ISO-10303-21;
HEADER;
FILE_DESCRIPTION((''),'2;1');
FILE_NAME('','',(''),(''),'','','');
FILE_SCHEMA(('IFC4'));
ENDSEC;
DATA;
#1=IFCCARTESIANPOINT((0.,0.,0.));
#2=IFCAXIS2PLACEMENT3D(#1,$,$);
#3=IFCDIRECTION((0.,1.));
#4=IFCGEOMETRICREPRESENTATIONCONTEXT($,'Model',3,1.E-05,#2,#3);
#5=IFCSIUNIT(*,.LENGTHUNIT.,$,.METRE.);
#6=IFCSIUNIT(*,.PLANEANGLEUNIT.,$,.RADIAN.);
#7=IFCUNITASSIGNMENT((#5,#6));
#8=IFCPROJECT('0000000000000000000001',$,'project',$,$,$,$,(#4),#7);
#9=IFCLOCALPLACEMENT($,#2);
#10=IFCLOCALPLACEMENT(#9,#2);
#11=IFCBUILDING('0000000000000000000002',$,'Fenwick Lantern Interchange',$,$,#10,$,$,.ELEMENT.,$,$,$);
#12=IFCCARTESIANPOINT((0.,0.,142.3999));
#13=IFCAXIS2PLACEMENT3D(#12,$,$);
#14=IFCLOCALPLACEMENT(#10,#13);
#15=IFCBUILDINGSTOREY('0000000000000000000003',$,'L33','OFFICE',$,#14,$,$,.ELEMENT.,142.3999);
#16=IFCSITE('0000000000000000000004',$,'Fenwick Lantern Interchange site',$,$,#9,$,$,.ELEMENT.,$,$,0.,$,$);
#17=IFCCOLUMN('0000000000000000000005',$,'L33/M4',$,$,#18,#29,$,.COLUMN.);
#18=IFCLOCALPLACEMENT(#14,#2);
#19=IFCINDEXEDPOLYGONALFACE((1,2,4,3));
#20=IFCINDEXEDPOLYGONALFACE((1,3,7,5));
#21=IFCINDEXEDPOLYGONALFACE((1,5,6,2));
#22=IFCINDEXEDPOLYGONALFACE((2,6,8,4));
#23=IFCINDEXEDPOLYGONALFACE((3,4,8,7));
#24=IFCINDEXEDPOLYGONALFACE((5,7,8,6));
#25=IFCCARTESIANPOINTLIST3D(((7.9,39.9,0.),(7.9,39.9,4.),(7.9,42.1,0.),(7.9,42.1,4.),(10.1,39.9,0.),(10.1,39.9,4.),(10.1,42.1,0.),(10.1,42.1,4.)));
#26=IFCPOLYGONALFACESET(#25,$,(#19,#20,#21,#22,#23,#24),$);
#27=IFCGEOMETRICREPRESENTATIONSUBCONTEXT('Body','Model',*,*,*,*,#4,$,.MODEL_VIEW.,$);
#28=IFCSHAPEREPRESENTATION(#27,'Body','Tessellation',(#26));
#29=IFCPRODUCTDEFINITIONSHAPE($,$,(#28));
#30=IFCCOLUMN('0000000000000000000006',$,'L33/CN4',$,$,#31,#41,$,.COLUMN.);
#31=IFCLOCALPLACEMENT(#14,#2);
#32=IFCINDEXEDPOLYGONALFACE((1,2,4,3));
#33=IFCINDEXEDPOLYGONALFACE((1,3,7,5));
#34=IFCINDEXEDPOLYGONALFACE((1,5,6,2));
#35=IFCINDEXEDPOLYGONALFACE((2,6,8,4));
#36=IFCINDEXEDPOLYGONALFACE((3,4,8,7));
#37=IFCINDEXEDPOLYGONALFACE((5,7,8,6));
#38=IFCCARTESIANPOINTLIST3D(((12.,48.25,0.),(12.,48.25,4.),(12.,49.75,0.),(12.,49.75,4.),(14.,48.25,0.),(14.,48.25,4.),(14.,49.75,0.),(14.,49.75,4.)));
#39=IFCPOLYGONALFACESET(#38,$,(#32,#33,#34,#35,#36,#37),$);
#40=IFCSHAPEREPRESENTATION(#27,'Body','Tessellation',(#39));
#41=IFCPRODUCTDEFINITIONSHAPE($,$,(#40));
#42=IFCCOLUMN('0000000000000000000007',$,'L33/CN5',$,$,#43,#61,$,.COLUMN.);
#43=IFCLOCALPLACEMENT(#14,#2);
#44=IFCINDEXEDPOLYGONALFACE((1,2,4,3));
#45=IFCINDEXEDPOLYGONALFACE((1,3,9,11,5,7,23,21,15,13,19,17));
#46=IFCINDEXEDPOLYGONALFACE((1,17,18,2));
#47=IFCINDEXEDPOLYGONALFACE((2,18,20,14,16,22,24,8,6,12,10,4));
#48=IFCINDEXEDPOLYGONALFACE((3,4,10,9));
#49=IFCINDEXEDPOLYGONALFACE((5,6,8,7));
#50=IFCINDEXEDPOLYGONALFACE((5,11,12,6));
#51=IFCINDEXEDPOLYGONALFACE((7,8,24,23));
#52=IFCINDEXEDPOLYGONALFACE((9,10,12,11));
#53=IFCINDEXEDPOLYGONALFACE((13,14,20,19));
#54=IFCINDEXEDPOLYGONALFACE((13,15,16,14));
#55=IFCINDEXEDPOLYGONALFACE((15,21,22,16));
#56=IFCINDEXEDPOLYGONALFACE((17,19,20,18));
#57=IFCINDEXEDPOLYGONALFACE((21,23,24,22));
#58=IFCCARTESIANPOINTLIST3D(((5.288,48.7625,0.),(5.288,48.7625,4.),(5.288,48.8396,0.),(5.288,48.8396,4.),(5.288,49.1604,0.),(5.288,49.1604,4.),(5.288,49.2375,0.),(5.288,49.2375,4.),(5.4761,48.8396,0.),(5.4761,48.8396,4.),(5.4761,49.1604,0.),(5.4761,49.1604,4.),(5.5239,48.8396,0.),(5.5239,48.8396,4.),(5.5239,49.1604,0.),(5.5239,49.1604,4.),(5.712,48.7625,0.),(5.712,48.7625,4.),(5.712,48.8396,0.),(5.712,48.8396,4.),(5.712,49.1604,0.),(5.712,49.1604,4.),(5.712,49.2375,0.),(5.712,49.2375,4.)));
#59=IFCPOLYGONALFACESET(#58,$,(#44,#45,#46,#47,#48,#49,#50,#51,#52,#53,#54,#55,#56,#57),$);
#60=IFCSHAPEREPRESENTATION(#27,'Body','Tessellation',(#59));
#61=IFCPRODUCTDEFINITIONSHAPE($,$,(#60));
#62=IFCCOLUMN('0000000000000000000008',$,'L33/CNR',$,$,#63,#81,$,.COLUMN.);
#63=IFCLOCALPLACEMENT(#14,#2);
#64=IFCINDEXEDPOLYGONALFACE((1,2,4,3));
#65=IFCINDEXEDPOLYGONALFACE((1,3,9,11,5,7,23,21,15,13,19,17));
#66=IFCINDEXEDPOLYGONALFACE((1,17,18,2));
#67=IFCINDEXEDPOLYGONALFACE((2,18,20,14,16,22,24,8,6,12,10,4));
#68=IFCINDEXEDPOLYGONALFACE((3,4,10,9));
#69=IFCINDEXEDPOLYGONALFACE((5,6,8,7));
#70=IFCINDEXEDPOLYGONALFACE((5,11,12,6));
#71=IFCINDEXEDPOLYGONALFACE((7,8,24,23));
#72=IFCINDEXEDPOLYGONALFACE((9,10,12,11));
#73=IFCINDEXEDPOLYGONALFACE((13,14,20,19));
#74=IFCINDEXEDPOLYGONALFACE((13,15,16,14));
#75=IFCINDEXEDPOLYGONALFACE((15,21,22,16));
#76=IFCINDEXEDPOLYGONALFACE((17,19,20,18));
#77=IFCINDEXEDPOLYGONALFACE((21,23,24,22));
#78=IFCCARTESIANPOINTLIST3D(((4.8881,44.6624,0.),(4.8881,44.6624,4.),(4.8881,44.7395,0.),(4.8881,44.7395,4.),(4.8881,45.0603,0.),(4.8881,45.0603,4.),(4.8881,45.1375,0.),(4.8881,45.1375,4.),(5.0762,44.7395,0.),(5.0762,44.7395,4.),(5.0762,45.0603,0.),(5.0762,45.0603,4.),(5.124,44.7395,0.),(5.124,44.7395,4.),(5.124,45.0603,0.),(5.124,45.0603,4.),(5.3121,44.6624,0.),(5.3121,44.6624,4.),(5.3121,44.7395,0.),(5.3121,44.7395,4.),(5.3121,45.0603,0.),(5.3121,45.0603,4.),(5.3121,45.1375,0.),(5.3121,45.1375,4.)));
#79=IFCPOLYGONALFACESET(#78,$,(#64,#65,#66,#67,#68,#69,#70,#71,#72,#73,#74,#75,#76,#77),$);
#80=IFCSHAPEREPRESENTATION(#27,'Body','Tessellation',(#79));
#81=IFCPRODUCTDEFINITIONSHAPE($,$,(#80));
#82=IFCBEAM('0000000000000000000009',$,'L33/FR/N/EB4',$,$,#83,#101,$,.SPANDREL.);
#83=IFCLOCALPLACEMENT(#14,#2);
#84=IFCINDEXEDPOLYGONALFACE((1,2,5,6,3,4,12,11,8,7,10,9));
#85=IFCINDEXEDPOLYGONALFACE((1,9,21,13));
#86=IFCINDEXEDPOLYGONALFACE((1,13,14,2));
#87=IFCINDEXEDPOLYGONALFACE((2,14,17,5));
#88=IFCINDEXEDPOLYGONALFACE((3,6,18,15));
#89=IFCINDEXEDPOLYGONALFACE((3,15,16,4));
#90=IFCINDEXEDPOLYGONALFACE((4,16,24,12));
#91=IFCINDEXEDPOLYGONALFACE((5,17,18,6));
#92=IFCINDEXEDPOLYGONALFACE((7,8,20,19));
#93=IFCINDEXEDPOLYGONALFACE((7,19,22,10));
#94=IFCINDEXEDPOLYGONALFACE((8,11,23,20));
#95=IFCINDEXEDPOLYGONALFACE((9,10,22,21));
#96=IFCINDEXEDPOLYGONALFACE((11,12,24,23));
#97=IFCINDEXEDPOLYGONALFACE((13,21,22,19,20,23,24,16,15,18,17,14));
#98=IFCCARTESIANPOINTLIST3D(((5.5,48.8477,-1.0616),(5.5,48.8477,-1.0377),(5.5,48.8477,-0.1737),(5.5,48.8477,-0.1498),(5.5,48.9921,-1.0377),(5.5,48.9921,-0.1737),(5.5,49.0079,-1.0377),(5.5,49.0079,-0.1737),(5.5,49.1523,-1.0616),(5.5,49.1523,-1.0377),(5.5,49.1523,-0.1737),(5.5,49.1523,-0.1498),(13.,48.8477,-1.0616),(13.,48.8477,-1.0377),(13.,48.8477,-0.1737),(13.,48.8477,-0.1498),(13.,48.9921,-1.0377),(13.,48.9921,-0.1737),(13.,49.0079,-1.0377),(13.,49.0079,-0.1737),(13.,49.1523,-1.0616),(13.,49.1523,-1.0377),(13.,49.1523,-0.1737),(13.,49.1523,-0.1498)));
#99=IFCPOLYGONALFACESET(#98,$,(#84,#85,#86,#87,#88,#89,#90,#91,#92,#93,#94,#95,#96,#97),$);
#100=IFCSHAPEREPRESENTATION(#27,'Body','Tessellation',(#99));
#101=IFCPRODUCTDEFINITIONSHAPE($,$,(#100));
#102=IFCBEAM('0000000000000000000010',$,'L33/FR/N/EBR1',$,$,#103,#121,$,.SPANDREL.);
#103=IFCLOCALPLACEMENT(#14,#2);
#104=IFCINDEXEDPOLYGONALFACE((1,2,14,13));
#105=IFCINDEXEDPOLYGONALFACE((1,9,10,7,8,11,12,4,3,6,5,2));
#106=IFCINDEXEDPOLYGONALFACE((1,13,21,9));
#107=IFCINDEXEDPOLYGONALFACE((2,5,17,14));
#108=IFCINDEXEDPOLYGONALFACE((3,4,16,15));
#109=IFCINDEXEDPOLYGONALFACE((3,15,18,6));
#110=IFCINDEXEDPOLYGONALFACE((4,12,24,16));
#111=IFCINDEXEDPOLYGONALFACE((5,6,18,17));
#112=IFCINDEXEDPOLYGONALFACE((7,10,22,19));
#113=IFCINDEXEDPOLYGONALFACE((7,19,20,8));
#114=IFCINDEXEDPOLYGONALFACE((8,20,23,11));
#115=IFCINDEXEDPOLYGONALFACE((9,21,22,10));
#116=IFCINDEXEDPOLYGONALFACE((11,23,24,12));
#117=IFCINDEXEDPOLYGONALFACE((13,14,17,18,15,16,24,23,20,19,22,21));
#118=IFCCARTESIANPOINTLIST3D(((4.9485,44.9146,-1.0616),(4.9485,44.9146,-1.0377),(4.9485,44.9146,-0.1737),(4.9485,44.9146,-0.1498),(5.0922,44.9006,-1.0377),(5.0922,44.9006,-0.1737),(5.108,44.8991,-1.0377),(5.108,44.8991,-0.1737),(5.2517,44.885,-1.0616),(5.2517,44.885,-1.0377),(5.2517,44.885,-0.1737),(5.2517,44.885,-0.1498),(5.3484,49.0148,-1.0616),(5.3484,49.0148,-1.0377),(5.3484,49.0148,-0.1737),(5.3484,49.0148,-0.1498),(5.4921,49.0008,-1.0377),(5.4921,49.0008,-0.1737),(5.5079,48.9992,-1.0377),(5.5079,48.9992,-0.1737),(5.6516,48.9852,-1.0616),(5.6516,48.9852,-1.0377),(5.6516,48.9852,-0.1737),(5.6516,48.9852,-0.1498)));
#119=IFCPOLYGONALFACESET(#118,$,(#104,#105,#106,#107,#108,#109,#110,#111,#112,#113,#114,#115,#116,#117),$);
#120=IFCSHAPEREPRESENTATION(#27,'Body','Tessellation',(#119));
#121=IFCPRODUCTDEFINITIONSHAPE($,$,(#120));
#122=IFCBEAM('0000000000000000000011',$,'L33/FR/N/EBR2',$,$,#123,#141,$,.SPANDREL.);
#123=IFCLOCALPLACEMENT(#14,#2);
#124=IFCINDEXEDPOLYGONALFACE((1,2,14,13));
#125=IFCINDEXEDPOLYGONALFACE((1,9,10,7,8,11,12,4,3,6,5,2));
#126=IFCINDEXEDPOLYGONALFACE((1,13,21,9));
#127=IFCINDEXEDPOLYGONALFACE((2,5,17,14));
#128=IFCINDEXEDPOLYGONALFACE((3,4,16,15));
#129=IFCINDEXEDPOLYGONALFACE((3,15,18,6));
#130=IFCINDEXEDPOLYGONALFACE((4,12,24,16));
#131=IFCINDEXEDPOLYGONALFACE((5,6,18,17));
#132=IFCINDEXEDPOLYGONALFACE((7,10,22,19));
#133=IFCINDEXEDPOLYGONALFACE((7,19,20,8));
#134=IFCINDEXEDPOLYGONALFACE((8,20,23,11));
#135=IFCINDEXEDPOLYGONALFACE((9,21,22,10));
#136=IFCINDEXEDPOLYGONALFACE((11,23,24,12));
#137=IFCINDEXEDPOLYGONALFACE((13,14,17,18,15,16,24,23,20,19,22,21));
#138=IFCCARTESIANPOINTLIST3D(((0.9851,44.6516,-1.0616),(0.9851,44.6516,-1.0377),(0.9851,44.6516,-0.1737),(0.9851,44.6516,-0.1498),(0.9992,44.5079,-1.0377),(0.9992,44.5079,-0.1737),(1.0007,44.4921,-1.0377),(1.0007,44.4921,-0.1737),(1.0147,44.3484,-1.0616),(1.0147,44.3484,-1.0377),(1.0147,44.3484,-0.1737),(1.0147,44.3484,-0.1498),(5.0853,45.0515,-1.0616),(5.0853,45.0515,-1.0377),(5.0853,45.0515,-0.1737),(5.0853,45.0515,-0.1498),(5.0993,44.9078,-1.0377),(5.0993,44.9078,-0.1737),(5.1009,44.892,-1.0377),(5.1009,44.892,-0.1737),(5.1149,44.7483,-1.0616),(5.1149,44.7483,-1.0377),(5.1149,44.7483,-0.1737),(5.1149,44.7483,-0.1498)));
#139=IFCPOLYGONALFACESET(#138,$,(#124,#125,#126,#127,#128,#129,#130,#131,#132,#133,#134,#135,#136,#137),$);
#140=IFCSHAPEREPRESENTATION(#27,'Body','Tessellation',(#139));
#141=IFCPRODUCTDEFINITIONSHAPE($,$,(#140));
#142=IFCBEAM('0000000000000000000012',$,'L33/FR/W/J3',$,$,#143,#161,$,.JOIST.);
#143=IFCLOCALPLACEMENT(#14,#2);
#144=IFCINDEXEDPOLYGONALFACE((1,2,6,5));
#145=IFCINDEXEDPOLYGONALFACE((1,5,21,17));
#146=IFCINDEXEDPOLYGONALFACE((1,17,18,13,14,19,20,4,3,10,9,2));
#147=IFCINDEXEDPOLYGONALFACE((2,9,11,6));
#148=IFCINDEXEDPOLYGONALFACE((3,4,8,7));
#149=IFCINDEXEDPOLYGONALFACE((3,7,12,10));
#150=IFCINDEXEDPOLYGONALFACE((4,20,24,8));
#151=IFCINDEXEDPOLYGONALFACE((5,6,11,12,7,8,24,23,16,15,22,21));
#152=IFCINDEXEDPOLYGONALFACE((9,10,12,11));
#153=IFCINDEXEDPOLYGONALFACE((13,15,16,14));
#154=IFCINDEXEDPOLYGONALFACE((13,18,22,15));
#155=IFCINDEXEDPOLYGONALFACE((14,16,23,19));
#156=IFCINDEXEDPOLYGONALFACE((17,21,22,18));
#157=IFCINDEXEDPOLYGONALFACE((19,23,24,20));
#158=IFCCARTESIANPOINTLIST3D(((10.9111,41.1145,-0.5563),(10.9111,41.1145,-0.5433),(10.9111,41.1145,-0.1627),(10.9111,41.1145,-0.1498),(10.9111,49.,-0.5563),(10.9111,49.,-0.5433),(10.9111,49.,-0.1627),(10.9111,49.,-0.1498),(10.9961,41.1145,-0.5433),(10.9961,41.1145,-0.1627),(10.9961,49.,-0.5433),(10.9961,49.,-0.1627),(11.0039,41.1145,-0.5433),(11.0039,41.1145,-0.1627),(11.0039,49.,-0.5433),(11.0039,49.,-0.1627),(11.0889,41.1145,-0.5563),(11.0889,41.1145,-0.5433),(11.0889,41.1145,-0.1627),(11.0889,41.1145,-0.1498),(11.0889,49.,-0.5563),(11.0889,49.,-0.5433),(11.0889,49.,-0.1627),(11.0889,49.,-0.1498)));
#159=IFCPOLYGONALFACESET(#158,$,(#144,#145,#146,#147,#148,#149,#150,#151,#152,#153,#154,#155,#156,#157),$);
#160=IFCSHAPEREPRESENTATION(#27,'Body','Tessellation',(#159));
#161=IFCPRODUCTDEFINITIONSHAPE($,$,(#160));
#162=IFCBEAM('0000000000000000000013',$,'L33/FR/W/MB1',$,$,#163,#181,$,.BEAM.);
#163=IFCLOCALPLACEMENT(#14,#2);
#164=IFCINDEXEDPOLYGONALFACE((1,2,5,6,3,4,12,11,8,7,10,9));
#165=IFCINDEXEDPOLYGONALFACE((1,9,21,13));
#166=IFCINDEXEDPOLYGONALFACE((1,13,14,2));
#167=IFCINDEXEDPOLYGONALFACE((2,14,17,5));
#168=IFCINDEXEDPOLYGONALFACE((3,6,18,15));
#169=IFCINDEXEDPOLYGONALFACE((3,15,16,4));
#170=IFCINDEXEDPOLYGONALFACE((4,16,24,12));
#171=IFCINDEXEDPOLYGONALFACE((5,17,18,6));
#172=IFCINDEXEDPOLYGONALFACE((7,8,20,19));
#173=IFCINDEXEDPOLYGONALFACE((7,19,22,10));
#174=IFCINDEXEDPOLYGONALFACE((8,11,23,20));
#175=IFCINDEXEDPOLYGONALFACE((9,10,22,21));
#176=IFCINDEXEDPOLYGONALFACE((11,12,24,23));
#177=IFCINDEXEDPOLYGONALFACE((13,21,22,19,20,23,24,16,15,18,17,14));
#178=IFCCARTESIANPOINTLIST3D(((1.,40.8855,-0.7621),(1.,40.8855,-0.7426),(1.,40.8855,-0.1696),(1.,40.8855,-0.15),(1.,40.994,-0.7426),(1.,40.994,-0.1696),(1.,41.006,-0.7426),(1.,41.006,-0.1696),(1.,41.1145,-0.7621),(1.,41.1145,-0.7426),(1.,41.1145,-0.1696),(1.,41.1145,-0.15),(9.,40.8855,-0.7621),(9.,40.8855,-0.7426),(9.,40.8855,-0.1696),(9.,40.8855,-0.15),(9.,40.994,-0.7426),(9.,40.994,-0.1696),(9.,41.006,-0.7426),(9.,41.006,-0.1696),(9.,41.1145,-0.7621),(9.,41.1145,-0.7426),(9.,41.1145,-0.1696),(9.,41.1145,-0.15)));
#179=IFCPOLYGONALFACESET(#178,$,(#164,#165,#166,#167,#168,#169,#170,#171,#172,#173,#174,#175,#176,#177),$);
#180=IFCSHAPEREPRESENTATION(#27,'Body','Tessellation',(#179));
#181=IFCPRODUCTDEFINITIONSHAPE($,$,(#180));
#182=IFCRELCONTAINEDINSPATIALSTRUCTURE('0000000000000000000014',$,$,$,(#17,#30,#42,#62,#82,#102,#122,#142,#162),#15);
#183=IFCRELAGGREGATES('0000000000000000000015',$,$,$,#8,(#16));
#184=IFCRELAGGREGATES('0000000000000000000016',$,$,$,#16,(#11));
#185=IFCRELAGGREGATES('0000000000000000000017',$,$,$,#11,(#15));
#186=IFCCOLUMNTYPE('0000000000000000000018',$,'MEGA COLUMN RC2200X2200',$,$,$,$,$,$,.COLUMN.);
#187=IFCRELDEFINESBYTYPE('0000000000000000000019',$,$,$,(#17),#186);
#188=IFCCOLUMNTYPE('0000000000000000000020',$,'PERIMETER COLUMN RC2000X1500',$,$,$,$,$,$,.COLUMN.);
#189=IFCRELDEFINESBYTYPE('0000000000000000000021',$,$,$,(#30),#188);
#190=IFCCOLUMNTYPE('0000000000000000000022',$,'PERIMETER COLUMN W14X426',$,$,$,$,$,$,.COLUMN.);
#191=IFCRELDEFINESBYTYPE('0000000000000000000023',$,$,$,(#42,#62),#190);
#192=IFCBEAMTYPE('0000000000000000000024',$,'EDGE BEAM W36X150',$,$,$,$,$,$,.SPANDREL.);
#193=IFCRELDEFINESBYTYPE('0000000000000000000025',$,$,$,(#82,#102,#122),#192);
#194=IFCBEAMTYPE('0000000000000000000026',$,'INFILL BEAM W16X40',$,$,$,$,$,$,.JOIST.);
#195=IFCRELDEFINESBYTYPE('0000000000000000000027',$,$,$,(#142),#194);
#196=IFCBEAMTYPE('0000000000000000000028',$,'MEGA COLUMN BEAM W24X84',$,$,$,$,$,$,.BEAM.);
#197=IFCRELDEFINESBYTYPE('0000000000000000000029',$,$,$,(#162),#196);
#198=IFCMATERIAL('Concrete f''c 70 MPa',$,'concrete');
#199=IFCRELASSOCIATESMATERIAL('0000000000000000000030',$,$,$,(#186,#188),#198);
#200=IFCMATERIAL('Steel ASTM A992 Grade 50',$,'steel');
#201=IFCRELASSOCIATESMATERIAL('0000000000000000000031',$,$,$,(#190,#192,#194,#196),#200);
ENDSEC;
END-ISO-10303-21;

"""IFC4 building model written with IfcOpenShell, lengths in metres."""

from ifc_helpers import new_model, si_unit, direction, frame, origin, origin_2d, place, context, subcontext, project, spatial, rectangle, i_section, extrude, material, material_profile, profile_set, type_object, element, save


model = new_model("IFC4")

# Units and contexts
model_context = context("Model", 3, precision=1e-05, world=origin(), true_north=direction((0.0, 1.0)))
body_context = subcontext(model_context, "Body", "Model", "MODEL_VIEW")
ifc_project = project(units=[si_unit("LENGTHUNIT", "METRE"), si_unit("PLANEANGLEUNIT", "RADIAN")], contexts=[model_context])

# Site, building, storey
site_placement = place(None, origin())
site = spatial("IfcSite", under=ifc_project, at=site_placement, Name="Fenwick Lantern Interchange site", CompositionType="ELEMENT", RefElevation=0.0)
building_placement = place(site_placement, origin())
building = spatial("IfcBuilding", under=site, at=building_placement, Name="Fenwick Lantern Interchange", CompositionType="ELEMENT")
storey_placement = place(building_placement, frame((0.0, 0.0, 142.3999)))
storey = spatial("IfcBuildingStorey", under=building, at=storey_placement, Name="L33", Description="OFFICE", CompositionType="ELEMENT", Elevation=142.3999)

# Columns
ifc_material_1 = material(Name="Concrete f'c 70 MPa", Category="concrete")
ifc_material_profile_1 = material_profile(ifc_material_1, rectangle(XDim=2.2, YDim=2.2, at=origin_2d()), Name="RC2200X2200")
ifc_profile_set_1 = profile_set([ifc_material_profile_1], Name="Concrete f'c 70 MPa")
column_type_1 = type_object("IfcColumnType", Name="MEGA COLUMN RC2200X2200", PredefinedType="COLUMN", material=ifc_profile_set_1)
column_1_placement = place(storey_placement, frame((9.0, 41.0, 0.0), z_axis=(0.0, 0.0, 1.0), x_axis=(1.0, 0.0, 0.0)))
element("IfcColumn", 1, at=column_1_placement, inside=storey, type_object=column_type_1, Name="L33/M4", PredefinedType="COLUMN", context=body_context, shape_type="SweptSolid", body=[
    extrude(rectangle(XDim=2.2, YDim=2.2, at=origin_2d()), origin(), (0.0, 0.0, 1.0), 4.0),
])
ifc_material_profile_2 = material_profile(ifc_material_1, rectangle(XDim=2.0, YDim=1.5, at=origin_2d()), Name="RC2000X1500")
ifc_profile_set_2 = profile_set([ifc_material_profile_2], Name="Concrete f'c 70 MPa")
column_type_2 = type_object("IfcColumnType", Name="PERIMETER COLUMN RC2000X1500", PredefinedType="COLUMN", material=ifc_profile_set_2)
column_2_placement = place(storey_placement, frame((13.0, 49.0, 0.0), z_axis=(0.0, 0.0, 1.0), x_axis=(1.0, 0.0, 0.0)))
element("IfcColumn", 2, at=column_2_placement, inside=storey, type_object=column_type_2, Name="L33/CN4", PredefinedType="COLUMN", context=body_context, shape_type="SweptSolid", body=[
    extrude(rectangle(XDim=2.0, YDim=1.5, at=origin_2d()), origin(), (0.0, 0.0, 1.0), 4.0),
])
ifc_material_2 = material(Name="Steel ASTM A992 Grade 50", Category="steel")
ifc_material_profile_3 = material_profile(ifc_material_2, i_section(OverallWidth=0.4241, OverallDepth=0.4751, WebThickness=0.0479, FlangeThickness=0.0771, at=origin_2d()), Name="W14X426")
ifc_profile_set_3 = profile_set([ifc_material_profile_3], Name="Steel ASTM A992 Grade 50")
column_type_3 = type_object("IfcColumnType", Name="PERIMETER COLUMN W14X426", PredefinedType="COLUMN", material=ifc_profile_set_3)
for number, where, z_axis, x_axis, name in (
    (3, (5.5, 49.0, 0.0), (0.0, 0.0, 1.0), (1.0, 0.0, 0.0), "L33/CN5"),
    (4, (5.1001, 44.8999, 0.0), (0.0, 0.0, 1.0), (1.0, 0.0, 0.0), "L33/CNR"),
):
    element("IfcColumn", number, at=place(storey_placement, frame(where, z_axis=z_axis, x_axis=x_axis)), inside=storey, type_object=column_type_3, Name=name, PredefinedType="COLUMN", context=body_context, shape_type="SweptSolid", body=[
        extrude(i_section(OverallWidth=0.4241, OverallDepth=0.4751, WebThickness=0.0479, FlangeThickness=0.0771, at=origin_2d()), origin(), (0.0, 0.0, 1.0), 4.0),
    ])

# Beams
ifc_material_profile_4 = material_profile(ifc_material_2, i_section(OverallWidth=0.3047, OverallDepth=0.9119, WebThickness=0.0159, FlangeThickness=0.0239, at=origin_2d()), Name="W36X150")
ifc_profile_set_4 = profile_set([ifc_material_profile_4], Name="Steel ASTM A992 Grade 50")
beam_type_1 = type_object("IfcBeamType", Name="EDGE BEAM W36X150", PredefinedType="SPANDREL", material=ifc_profile_set_4)
beam_1_placement = place(storey_placement, frame((13.0, 49.0, -0.6057), z_axis=(-1.0, 0.0, 0.0), x_axis=(0.0, -1.0, 0.0)))
element("IfcBeam", 5, at=beam_1_placement, inside=storey, type_object=beam_type_1, Name="L33/FR/N/EB4", PredefinedType="SPANDREL", context=body_context, shape_type="SweptSolid", body=[
    extrude(i_section(OverallWidth=0.3047, OverallDepth=0.9119, WebThickness=0.0159, FlangeThickness=0.0239, at=origin_2d()), origin(), (0.0, 0.0, 1.0), 7.5),
])
for number, where, z_axis, x_axis, name in (
    (6, (5.5, 49.0, -0.6057), (-0.097074, -0.995277, 0.0), (0.995277, -0.097074, 0.0), "L33/FR/N/EBR1"),
    (7, (5.1001, 44.8999, -0.6057), (-0.995277, -0.097074, 0.0), (0.097074, -0.995277, 0.0), "L33/FR/N/EBR2"),
):
    element("IfcBeam", number, at=place(storey_placement, frame(where, z_axis=z_axis, x_axis=x_axis)), inside=storey, type_object=beam_type_1, Name=name, PredefinedType="SPANDREL", context=body_context, shape_type="SweptSolid", body=[
        extrude(i_section(OverallWidth=0.3047, OverallDepth=0.9119, WebThickness=0.0159, FlangeThickness=0.0239, at=origin_2d()), origin(), (0.0, 0.0, 1.0), 4.1196),
    ])
ifc_material_profile_5 = material_profile(ifc_material_2, i_section(OverallWidth=0.1777, OverallDepth=0.4065, WebThickness=0.0078, FlangeThickness=0.0129, at=origin_2d()), Name="W16X40")
ifc_profile_set_5 = profile_set([ifc_material_profile_5], Name="Steel ASTM A992 Grade 50")
beam_type_2 = type_object("IfcBeamType", Name="INFILL BEAM W16X40", PredefinedType="JOIST", material=ifc_profile_set_5)
beam_2_placement = place(storey_placement, frame((11.0, 49.0, -0.353), z_axis=(0.0, -1.0, 0.0), x_axis=(1.0, 0.0, 0.0)))
element("IfcBeam", 8, at=beam_2_placement, inside=storey, type_object=beam_type_2, Name="L33/FR/W/J3", PredefinedType="JOIST", context=body_context, shape_type="SweptSolid", body=[
    extrude(i_section(OverallWidth=0.1777, OverallDepth=0.4065, WebThickness=0.0078, FlangeThickness=0.0129, at=origin_2d()), origin(), (0.0, 0.0, 1.0), 7.8855),
])
ifc_material_profile_6 = material_profile(ifc_material_2, i_section(OverallWidth=0.229, OverallDepth=0.6121, WebThickness=0.012, FlangeThickness=0.0195, at=origin_2d()), Name="W24X84")
ifc_profile_set_6 = profile_set([ifc_material_profile_6], Name="Steel ASTM A992 Grade 50")
beam_type_3 = type_object("IfcBeamType", Name="MEGA COLUMN BEAM W24X84", PredefinedType="BEAM", material=ifc_profile_set_6)
for number, where, z_axis, x_axis, name in (
    (9, (9.0, 41.0, -0.4561), (-1.0, 0.0, 0.0), (0.0, -1.0, 0.0), "L33/FR/W/MB1"),
):
    element("IfcBeam", number, at=place(storey_placement, frame(where, z_axis=z_axis, x_axis=x_axis)), inside=storey, type_object=beam_type_3, Name=name, PredefinedType="BEAM", context=body_context, shape_type="SweptSolid", body=[
        extrude(i_section(OverallWidth=0.229, OverallDepth=0.6121, WebThickness=0.012, FlangeThickness=0.0195, at=origin_2d()), origin(), (0.0, 0.0, 1.0), 8.0),
    ])

save(model, "model.ifc")
